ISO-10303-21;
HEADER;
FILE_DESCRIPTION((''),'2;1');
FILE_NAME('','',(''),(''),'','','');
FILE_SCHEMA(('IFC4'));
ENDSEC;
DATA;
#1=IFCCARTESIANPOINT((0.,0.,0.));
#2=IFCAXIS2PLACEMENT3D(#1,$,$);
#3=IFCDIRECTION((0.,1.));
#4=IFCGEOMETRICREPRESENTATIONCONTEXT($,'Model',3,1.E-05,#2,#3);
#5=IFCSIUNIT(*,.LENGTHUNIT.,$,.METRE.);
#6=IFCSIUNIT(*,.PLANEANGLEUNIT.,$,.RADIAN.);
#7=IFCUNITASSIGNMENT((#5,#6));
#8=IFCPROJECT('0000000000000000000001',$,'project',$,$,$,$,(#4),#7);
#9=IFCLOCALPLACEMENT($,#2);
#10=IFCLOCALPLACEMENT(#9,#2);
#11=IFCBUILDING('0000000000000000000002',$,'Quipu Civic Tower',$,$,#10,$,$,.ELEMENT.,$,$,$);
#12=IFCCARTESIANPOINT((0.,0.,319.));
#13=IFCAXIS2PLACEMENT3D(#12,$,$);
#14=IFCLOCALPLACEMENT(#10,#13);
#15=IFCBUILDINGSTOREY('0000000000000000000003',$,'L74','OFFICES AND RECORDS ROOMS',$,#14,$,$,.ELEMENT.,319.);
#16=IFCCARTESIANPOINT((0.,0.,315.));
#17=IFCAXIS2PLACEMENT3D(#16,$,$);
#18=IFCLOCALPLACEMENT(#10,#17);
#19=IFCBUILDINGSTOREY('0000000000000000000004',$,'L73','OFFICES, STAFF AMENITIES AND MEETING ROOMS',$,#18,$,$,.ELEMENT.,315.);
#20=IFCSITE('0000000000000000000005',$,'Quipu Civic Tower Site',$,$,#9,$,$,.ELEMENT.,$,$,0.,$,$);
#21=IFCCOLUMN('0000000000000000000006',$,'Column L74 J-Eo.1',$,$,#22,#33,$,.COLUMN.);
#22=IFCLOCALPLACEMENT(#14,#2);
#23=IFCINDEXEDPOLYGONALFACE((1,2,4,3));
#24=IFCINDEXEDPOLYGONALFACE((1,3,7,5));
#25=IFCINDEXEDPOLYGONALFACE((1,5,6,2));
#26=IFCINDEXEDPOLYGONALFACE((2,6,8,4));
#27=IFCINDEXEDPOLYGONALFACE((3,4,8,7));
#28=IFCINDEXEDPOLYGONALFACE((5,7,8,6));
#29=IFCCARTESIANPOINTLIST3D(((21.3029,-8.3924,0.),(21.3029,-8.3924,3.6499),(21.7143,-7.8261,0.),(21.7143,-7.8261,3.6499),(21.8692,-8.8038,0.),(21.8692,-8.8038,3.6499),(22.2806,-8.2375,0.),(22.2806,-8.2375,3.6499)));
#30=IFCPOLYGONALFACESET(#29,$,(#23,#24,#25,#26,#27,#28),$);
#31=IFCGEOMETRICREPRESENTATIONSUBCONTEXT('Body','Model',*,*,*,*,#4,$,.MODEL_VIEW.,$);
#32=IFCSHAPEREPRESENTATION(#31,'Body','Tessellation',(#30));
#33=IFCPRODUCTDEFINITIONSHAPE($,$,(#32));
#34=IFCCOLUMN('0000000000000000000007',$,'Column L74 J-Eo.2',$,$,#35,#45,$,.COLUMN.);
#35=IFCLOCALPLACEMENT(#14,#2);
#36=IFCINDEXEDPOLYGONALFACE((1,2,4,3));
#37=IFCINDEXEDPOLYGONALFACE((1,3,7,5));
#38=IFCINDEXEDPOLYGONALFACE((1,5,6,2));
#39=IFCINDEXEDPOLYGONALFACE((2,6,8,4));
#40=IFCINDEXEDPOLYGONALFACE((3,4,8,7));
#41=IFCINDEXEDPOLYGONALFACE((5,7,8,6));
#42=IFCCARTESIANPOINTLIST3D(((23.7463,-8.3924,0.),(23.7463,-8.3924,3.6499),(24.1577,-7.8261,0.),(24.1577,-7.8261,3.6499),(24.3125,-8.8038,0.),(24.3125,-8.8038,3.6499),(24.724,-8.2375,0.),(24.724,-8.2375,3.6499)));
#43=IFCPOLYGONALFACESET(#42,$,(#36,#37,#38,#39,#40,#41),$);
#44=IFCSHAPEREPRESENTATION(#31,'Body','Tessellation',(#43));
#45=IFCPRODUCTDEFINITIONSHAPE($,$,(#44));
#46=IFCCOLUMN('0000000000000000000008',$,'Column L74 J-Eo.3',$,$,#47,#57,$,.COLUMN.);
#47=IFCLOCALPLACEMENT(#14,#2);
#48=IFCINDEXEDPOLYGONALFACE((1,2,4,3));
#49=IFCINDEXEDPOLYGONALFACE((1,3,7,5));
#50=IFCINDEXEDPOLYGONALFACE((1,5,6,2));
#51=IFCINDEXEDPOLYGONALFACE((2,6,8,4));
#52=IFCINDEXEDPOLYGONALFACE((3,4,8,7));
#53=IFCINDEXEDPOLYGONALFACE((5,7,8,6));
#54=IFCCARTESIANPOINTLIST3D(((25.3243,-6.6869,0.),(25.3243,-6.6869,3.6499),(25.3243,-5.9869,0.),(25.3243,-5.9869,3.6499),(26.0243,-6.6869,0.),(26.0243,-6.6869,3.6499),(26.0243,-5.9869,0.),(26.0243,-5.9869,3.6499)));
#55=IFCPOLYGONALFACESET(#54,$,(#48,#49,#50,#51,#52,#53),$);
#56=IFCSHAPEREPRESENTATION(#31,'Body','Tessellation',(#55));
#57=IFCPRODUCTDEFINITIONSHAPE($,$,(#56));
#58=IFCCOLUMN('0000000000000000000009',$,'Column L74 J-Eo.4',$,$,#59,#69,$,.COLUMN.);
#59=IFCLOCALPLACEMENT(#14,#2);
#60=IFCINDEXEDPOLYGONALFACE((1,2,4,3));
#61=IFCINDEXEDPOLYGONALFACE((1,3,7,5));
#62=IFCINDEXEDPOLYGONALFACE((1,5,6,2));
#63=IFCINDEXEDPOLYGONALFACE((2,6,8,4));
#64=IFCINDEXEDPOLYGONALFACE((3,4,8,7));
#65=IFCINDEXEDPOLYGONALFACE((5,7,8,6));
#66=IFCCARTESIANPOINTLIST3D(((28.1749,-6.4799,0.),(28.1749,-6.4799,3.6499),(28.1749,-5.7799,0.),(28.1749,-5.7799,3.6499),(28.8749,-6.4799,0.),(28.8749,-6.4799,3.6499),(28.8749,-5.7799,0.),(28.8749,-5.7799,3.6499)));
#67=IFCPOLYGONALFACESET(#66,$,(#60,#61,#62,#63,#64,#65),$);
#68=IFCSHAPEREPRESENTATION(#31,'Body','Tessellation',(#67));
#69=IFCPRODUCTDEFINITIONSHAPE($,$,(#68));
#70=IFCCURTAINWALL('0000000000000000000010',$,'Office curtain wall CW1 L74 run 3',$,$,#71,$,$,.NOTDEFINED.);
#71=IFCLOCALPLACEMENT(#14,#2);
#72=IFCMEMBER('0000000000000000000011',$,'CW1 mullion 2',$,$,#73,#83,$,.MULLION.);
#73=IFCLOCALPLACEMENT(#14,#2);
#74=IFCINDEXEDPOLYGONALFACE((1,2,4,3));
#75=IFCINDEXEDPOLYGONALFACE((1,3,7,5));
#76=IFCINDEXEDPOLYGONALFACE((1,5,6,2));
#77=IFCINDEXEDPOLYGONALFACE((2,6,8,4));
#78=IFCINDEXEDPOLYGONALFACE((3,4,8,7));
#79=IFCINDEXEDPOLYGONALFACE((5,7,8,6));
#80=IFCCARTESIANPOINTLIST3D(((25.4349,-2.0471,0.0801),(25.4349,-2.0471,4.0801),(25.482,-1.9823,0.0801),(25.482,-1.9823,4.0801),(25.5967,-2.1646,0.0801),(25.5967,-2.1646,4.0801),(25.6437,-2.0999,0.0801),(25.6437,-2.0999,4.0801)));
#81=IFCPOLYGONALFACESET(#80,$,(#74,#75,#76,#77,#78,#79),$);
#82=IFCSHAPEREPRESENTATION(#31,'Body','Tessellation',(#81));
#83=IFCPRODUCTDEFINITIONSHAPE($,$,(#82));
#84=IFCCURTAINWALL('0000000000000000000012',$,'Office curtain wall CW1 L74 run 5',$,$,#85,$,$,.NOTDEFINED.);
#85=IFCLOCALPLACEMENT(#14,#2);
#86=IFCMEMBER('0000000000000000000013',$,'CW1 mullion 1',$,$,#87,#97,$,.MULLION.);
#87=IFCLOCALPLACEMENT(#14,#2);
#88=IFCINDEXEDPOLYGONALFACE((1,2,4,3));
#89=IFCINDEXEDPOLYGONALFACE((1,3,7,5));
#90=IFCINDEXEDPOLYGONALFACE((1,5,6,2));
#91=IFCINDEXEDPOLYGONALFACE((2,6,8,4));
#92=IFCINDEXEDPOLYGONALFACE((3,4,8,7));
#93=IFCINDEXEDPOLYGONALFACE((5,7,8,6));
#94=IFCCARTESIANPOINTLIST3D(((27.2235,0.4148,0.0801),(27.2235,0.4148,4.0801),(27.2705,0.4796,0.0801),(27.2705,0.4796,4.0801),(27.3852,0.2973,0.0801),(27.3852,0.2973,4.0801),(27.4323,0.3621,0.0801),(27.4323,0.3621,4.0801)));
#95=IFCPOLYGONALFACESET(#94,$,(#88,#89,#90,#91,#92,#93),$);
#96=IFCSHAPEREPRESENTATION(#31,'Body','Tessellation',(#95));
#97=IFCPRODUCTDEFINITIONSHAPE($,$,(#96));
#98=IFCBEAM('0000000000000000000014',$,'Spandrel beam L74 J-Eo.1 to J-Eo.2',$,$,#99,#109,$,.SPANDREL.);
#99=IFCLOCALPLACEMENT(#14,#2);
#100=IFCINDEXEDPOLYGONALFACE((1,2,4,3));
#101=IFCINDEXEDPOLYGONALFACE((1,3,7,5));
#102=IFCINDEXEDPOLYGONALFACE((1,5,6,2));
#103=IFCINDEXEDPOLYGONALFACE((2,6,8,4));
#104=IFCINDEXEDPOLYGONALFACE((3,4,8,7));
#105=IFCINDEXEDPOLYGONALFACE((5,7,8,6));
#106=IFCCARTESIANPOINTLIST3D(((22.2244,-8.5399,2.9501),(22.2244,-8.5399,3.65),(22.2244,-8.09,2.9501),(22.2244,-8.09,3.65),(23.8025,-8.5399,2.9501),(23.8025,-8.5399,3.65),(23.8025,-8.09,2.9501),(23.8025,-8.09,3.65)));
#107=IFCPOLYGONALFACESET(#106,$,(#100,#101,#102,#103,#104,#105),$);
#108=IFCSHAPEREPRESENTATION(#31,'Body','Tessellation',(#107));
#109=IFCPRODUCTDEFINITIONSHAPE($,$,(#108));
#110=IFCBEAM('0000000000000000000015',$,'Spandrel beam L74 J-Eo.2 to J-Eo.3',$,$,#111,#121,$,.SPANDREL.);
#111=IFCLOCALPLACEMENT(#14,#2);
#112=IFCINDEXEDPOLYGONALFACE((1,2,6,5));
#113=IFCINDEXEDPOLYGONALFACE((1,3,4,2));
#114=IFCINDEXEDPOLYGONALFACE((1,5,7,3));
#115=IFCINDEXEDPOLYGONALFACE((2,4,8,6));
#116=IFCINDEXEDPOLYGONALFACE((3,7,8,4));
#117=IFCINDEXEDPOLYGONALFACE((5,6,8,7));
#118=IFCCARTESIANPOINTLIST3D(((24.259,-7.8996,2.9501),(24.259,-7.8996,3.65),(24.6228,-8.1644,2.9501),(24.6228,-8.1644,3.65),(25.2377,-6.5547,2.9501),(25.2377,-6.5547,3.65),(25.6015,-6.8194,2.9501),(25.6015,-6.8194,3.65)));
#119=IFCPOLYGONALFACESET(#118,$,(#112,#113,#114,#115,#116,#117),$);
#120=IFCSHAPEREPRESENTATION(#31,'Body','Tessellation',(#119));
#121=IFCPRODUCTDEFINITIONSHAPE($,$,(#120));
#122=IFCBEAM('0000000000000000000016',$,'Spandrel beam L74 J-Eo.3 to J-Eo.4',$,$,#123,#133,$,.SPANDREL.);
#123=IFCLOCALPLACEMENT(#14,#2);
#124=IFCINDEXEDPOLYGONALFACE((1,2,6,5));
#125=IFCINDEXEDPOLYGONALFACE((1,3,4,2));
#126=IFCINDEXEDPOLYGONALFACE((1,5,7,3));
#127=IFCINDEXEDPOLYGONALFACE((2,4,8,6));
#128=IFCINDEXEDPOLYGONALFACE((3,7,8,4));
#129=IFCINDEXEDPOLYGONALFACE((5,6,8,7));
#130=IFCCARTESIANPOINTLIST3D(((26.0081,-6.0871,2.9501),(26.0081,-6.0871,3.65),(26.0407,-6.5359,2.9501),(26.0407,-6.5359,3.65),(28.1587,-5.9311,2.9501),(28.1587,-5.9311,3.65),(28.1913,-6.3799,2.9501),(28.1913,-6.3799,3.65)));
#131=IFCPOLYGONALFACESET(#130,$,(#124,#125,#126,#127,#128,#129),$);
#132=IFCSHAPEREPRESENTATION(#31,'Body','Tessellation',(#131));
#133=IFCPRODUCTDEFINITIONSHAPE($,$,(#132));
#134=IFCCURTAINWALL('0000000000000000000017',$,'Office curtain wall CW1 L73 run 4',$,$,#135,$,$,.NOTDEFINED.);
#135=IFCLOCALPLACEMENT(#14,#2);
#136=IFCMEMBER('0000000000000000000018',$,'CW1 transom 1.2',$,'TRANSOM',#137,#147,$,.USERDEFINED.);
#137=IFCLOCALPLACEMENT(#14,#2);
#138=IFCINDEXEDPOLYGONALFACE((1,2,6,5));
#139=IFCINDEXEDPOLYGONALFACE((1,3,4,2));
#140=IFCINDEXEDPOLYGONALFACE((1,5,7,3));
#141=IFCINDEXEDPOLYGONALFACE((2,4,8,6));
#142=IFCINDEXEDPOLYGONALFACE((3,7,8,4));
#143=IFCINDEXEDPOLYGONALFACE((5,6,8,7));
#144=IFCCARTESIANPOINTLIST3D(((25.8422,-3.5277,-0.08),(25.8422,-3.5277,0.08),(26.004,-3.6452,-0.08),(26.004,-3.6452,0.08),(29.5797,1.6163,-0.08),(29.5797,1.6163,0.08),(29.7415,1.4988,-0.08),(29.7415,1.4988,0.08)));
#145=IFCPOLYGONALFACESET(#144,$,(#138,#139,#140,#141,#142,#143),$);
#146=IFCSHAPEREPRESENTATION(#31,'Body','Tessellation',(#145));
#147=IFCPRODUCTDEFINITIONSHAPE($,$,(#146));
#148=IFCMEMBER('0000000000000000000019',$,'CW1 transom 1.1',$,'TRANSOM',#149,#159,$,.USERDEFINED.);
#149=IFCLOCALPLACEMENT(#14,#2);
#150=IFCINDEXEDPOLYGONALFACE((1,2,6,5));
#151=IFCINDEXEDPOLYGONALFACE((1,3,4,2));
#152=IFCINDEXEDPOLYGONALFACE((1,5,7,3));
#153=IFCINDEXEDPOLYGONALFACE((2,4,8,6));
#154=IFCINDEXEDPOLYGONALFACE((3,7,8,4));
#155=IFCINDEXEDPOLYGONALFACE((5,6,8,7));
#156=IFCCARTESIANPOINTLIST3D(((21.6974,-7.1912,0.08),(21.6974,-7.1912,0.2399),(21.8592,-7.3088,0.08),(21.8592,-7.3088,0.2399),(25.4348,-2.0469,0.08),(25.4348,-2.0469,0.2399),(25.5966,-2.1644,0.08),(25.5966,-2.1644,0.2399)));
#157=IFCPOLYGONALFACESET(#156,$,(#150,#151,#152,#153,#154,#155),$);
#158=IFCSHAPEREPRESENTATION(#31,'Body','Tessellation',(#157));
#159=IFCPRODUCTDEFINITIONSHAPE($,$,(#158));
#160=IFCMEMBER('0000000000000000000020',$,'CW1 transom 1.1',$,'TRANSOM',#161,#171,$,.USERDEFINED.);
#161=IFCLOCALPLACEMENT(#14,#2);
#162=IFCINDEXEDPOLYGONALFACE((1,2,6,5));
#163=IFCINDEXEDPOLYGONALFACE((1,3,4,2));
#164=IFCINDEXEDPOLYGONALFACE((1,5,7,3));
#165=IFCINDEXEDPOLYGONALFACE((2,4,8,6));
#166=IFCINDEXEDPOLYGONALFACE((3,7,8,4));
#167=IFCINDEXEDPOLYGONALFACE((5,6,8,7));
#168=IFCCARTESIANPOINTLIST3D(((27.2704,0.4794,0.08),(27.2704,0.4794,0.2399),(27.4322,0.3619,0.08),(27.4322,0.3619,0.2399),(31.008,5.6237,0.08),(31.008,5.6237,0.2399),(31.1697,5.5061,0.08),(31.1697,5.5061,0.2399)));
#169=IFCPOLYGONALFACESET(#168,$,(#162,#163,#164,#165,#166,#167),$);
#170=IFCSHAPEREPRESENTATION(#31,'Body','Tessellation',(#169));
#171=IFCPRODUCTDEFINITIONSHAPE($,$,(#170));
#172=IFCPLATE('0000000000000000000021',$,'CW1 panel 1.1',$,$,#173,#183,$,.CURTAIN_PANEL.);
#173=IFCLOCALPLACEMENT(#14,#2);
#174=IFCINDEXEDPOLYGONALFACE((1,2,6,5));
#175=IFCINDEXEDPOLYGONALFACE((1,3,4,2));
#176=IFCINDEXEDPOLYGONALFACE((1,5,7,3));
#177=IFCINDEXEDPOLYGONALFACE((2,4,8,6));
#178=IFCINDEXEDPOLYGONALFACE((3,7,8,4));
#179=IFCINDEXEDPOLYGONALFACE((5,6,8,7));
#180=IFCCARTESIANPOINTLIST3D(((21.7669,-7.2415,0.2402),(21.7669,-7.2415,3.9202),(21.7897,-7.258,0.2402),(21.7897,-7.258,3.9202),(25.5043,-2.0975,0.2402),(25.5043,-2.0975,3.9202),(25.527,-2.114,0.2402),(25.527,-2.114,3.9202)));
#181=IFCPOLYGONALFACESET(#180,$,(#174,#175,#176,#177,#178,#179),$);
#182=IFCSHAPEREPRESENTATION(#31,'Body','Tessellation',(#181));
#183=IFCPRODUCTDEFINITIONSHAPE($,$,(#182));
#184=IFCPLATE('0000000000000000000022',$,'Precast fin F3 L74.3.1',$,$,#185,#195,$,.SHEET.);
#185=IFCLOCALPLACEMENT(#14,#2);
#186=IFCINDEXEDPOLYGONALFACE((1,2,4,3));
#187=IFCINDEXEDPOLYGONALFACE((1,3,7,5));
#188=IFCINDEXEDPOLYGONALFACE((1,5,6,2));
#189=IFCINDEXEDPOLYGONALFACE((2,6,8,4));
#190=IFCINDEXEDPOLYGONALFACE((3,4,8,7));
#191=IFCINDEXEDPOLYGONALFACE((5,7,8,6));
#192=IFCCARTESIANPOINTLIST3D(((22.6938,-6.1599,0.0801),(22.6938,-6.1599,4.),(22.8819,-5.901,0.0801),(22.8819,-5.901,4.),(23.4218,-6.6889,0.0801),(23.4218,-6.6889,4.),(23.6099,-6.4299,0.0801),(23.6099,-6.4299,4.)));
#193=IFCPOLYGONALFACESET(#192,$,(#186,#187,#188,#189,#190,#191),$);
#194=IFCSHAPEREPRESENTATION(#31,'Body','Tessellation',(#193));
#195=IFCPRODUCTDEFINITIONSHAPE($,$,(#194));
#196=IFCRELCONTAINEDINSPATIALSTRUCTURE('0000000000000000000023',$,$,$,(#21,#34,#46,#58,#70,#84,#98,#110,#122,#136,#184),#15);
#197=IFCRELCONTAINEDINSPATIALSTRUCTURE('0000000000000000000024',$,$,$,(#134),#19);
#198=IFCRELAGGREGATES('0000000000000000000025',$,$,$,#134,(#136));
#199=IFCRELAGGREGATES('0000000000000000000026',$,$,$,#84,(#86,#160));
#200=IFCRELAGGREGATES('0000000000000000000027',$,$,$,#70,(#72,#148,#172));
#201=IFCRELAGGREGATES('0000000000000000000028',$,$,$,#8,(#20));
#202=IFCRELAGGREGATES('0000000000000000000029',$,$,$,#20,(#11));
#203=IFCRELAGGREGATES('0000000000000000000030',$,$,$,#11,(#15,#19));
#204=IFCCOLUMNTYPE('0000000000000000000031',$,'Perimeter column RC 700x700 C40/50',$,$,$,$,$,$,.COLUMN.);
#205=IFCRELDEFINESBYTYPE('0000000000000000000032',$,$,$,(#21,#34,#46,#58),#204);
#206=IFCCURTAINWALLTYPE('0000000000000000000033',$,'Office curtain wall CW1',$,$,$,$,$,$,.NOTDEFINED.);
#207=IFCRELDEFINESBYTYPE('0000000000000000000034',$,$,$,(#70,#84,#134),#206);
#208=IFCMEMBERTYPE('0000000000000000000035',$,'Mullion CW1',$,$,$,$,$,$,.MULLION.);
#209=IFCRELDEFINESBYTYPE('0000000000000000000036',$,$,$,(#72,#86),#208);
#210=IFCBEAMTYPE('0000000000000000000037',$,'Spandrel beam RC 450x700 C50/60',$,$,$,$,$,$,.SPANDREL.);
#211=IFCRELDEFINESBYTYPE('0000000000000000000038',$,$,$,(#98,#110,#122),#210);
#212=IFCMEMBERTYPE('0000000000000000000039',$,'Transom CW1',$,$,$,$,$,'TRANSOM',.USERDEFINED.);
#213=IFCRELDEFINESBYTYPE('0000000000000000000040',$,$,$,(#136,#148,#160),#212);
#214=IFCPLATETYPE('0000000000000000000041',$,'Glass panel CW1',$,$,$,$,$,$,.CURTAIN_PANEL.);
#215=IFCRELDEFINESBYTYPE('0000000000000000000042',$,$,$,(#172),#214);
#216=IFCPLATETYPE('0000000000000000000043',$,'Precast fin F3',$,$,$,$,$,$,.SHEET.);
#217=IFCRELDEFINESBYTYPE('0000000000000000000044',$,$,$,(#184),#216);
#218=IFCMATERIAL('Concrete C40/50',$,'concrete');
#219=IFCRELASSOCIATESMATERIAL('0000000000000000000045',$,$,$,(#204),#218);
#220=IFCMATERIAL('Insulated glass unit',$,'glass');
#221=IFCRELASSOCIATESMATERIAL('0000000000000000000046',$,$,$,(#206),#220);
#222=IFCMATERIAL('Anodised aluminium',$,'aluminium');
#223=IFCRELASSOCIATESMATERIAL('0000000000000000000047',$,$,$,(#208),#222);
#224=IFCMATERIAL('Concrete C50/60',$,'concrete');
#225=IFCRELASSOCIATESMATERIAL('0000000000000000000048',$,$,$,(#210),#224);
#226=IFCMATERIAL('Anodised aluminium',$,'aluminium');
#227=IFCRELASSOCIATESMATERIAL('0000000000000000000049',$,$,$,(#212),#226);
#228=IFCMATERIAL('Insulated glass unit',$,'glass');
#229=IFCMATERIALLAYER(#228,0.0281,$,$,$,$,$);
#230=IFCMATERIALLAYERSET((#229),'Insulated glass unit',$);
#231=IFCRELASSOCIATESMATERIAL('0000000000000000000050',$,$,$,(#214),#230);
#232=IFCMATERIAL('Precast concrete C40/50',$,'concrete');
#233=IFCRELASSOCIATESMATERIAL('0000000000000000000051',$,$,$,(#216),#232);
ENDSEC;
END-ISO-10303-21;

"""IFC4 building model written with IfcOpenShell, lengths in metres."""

from ifc_helpers import new_model, si_unit, direction, frame, origin, origin_2d, place, context, subcontext, project, spatial, rectangle, extrude, material, layer, layer_set, material_profile, profile_set, type_object, element, aggregate, save


model = new_model("IFC4")

# Units and contexts
model_context = context("Model", 3, precision=1e-05, world=origin(), true_north=direction((0.0, 1.0)))
body_context = subcontext(model_context, "Body", "Model", "MODEL_VIEW")
ifc_project = project(units=[si_unit("LENGTHUNIT", "METRE"), si_unit("PLANEANGLEUNIT", "RADIAN")], contexts=[model_context])

# Site, building, storey
site_placement = place(None, origin())
site = spatial("IfcSite", under=ifc_project, at=site_placement, Name="Quipu Civic Tower Site", CompositionType="ELEMENT", RefElevation=0.0)
building_placement = place(site_placement, origin())
building = spatial("IfcBuilding", under=site, at=building_placement, Name="Quipu Civic Tower", CompositionType="ELEMENT")
storey_1_placement = place(building_placement, frame((0.0, 0.0, 319.0)))
storey_1 = spatial("IfcBuildingStorey", under=building, at=storey_1_placement, Name="L74", Description="OFFICES AND RECORDS ROOMS", CompositionType="ELEMENT", Elevation=319.0)

# Columns
ifc_material_1 = material(Name="Concrete C40/50", Category="concrete")
ifc_material_profile_1 = material_profile(ifc_material_1, rectangle(XDim=0.7, YDim=0.7, at=origin_2d()), Name="RC700x700")
ifc_profile_set_1 = profile_set([ifc_material_profile_1], Name="Concrete C40/50")
column_type = type_object("IfcColumnType", Name="Perimeter column RC 700x700 C40/50", PredefinedType="COLUMN", material=ifc_profile_set_1)
for number, where, z_axis, x_axis, name in (
    (1, (21.7917, -8.3149, 0.0), (0.0, 0.0, 1.0), (0.587785, 0.809017, 0.0), "Column L74 J-Eo.1"),
    (2, (24.2351, -8.3149, 0.0), (0.0, 0.0, 1.0), (0.587785, 0.809017, 0.0), "Column L74 J-Eo.2"),
    (3, (25.6743, -6.3369, 0.0), (0.0, 0.0, 1.0), (1.0, 0.0, 0.0), "Column L74 J-Eo.3"),
    (4, (28.5249, -6.1299, 0.0), (0.0, 0.0, 1.0), (1.0, 0.0, 0.0), "Column L74 J-Eo.4"),
):
    element("IfcColumn", number, at=place(storey_1_placement, frame(where, z_axis=z_axis, x_axis=x_axis)), inside=storey_1, type_object=column_type, Name=name, PredefinedType="COLUMN", context=body_context, shape_type="SweptSolid", body=[
        extrude(rectangle(XDim=0.7, YDim=0.7, at=origin_2d()), origin(), (0.0, 0.0, 1.0), 3.6499),
    ])

# Curtain walls, members
ifc_material_2 = material(Name="Insulated glass unit", Category="glass")
curtain_wall_type = type_object("IfcCurtainWallType", Name="Office curtain wall CW1", PredefinedType="NOTDEFINED", material=ifc_material_2)
curtain_wall_1_placement = place(storey_1_placement, origin())
curtain_wall_1 = element("IfcCurtainWall", 5, at=curtain_wall_1_placement, inside=storey_1, type_object=curtain_wall_type, Name="Office curtain wall CW1 L74 run 3", PredefinedType="NOTDEFINED")
ifc_material_3 = material(Name="Anodised aluminium", Category="aluminium")
ifc_material_profile_2 = material_profile(ifc_material_3, rectangle(XDim=0.2, YDim=0.0801, at=origin_2d()), Name="RECT 200x80")
ifc_profile_set_2 = profile_set([ifc_material_profile_2], Name="Anodised aluminium")
member_type_1 = type_object("IfcMemberType", Name="Mullion CW1", PredefinedType="MULLION", material=ifc_profile_set_2)
member_1_placement = place(storey_1_placement, frame((25.5393, -2.0735, 0.0801), z_axis=(0.0, 0.0, 1.0), x_axis=(-0.809019, 0.587783, 0.0)))
member_1 = element("IfcMember", 6, at=member_1_placement, type_object=member_type_1, Name="CW1 mullion 2", PredefinedType="MULLION", context=body_context, shape_type="SweptSolid", body=[
    extrude(rectangle(XDim=0.2, YDim=0.0801, at=origin_2d()), origin(), (0.0, 0.0, 1.0), 4.0),
])
curtain_wall_2_placement = place(storey_1_placement, origin())
curtain_wall_2 = element("IfcCurtainWall", 7, at=curtain_wall_2_placement, inside=storey_1, type_object=curtain_wall_type, Name="Office curtain wall CW1 L74 run 5", PredefinedType="NOTDEFINED")
member_2_placement = place(storey_1_placement, frame((27.3279, 0.3884, 0.0801), z_axis=(0.0, 0.0, 1.0), x_axis=(-0.809022, 0.587778, 0.0)))
member_2 = element("IfcMember", 8, at=member_2_placement, type_object=member_type_1, Name="CW1 mullion 1", PredefinedType="MULLION", context=body_context, shape_type="SweptSolid", body=[
    extrude(rectangle(XDim=0.2, YDim=0.0801, at=origin_2d()), origin(), (0.0, 0.0, 1.0), 4.0),
])

# Beams
ifc_material_4 = material(Name="Concrete C50/60", Category="concrete")
ifc_material_profile_3 = material_profile(ifc_material_4, rectangle(XDim=0.45, YDim=0.7, at=origin_2d()), Name="RC450x700")
ifc_profile_set_3 = profile_set([ifc_material_profile_3], Name="Concrete C50/60")
beam_type = type_object("IfcBeamType", Name="Spandrel beam RC 450x700 C50/60", PredefinedType="SPANDREL", material=ifc_profile_set_3)
beam_1_placement = place(storey_1_placement, frame((22.2244, -8.3149, 3.3), z_axis=(1.0, 0.0, 0.0), x_axis=(0.0, 1.0, 0.0)))
element("IfcBeam", 9, at=beam_1_placement, inside=storey_1, type_object=beam_type, Name="Spandrel beam L74 J-Eo.1 to J-Eo.2", PredefinedType="SPANDREL", context=body_context, shape_type="SweptSolid", body=[
    extrude(rectangle(XDim=0.45, YDim=0.7, at=origin_2d()), origin(), (0.0, 0.0, 1.0), 1.5781),
])
beam_2_placement = place(storey_1_placement, frame((24.4409, -8.032, 3.3), z_axis=(0.588407, 0.808565, 0.0), x_axis=(-0.808565, 0.588407, 0.0)))
element("IfcBeam", 10, at=beam_2_placement, inside=storey_1, type_object=beam_type, Name="Spandrel beam L74 J-Eo.2 to J-Eo.3", PredefinedType="SPANDREL", context=body_context, shape_type="SweptSolid", body=[
    extrude(rectangle(XDim=0.45, YDim=0.7, at=origin_2d()), origin(), (0.0, 0.0, 1.0), 1.6633),
])
beam_3_placement = place(storey_1_placement, frame((26.0244, -6.3115, 3.3), z_axis=(0.997379, 0.072349, 0.0), x_axis=(-0.072349, 0.997379, 0.0)))
element("IfcBeam", 11, at=beam_3_placement, inside=storey_1, type_object=beam_type, Name="Spandrel beam L74 J-Eo.3 to J-Eo.4", PredefinedType="SPANDREL", context=body_context, shape_type="SweptSolid", body=[
    extrude(rectangle(XDim=0.45, YDim=0.7, at=origin_2d()), origin(), (0.0, 0.0, 1.0), 2.1562),
])

# Shared definitions
storey_2_placement = place(building_placement, frame((0.0, 0.0, 315.0)))
storey_2 = spatial("IfcBuildingStorey", under=building, at=storey_2_placement, Name="L73", Description="OFFICES, STAFF AMENITIES AND MEETING ROOMS", CompositionType="ELEMENT", Elevation=315.0)

# Curtain wall, member
curtain_wall_3_placement = place(storey_2_placement, origin())
curtain_wall_3 = element("IfcCurtainWall", 12, at=curtain_wall_3_placement, inside=storey_2, type_object=curtain_wall_type, Name="Office curtain wall CW1 L73 run 4", PredefinedType="NOTDEFINED")
ifc_material_5 = material(Name="Anodised aluminium", Category="aluminium")
ifc_material_profile_4 = material_profile(ifc_material_5, rectangle(XDim=0.2, YDim=0.1599, at=origin_2d()), Name="RECT 200x160")
ifc_profile_set_4 = profile_set([ifc_material_profile_4], Name="Anodised aluminium")
member_type_2 = type_object("IfcMemberType", Name="Transom CW1", ElementType="TRANSOM", PredefinedType="USERDEFINED", material=ifc_profile_set_4)
member_3_placement = place(storey_1_placement, frame((25.9231, -3.5864, 0.0), z_axis=(0.587804, 0.809003, 0.0), x_axis=(-0.809003, 0.587804, 0.0)))
member_3 = element("IfcMember", 13, at=member_3_placement, inside=storey_1, type_object=member_type_2, Name="CW1 transom 1.2", ObjectType="TRANSOM", PredefinedType="USERDEFINED", context=body_context, shape_type="SweptSolid", body=[
    extrude(rectangle(XDim=0.2, YDim=0.1599, at=origin_2d()), origin(), (0.0, 0.0, 1.0), 6.3584),
])
aggregate(curtain_wall_3, [member_3])

# Members
member_4_placement = place(storey_1_placement, frame((21.7783, -7.25, 0.1599), z_axis=(0.587761, 0.809035, 0.0), x_axis=(-0.809035, 0.587761, 0.0)))
member_4 = element("IfcMember", 14, at=member_4_placement, type_object=member_type_2, Name="CW1 transom 1.1", ObjectType="TRANSOM", PredefinedType="USERDEFINED", context=body_context, shape_type="SweptSolid", body=[
    extrude(rectangle(XDim=0.2, YDim=0.1599, at=origin_2d()), origin(), (0.0, 0.0, 1.0), 6.3586),
])
member_5_placement = place(storey_1_placement, frame((27.3513, 0.4207, 0.1599), z_axis=(0.587786, 0.809017, 0.0), x_axis=(-0.809017, 0.587786, 0.0)))
member_5 = element("IfcMember", 15, at=member_5_placement, type_object=member_type_2, Name="CW1 transom 1.1", ObjectType="TRANSOM", PredefinedType="USERDEFINED", context=body_context, shape_type="SweptSolid", body=[
    extrude(rectangle(XDim=0.2, YDim=0.1599, at=origin_2d()), origin(), (0.0, 0.0, 1.0), 6.3586),
])
aggregate(curtain_wall_2, [member_2, member_5])

# Plate
ifc_material_6 = material(Name="Insulated glass unit", Category="glass")
ifc_layer = layer(ifc_material_6, 0.0281)
ifc_layer_set = layer_set([ifc_layer], Name="Insulated glass unit")
plate_type_1 = type_object("IfcPlateType", Name="Glass panel CW1", PredefinedType="CURTAIN_PANEL", material=ifc_layer_set)
plate_placement = place(storey_1_placement, frame((23.647, -4.6777, 0.2402), z_axis=(0.0, 0.0, 1.0), x_axis=(0.587783, 0.809019, 0.0)))
plate = element("IfcPlate", 16, at=plate_placement, type_object=plate_type_1, Name="CW1 panel 1.1", PredefinedType="CURTAIN_PANEL", context=body_context, shape_type="SweptSolid", body=[
    extrude(rectangle(XDim=6.3584, YDim=0.0281, at=origin_2d()), origin(), (0.0, 0.0, 1.0), 3.6799),
])
aggregate(curtain_wall_1, [member_1, member_4, plate])

# Plate
ifc_material_7 = material(Name="Precast concrete C40/50", Category="concrete")
plate_type_2 = type_object("IfcPlateType", Name="Precast fin F3", PredefinedType="SHEET", material=ifc_material_7)
for number, where, z_axis, x_axis, name in (
    (17, (23.1519, -6.2949, 0.0801), (0.0, 0.0, 1.0), (0.587784, 0.809018, 0.0), "Precast fin F3 L74.3.1"),
):
    element("IfcPlate", number, at=place(storey_1_placement, frame(where, z_axis=z_axis, x_axis=x_axis)), inside=storey_1, type_object=plate_type_2, Name=name, PredefinedType="SHEET", context=body_context, shape_type="SweptSolid", body=[
        extrude(rectangle(XDim=0.3201, YDim=0.8999, at=origin_2d()), origin(), (0.0, 0.0, 1.0), 3.9199),
    ])

save(model, "model.ifc")
